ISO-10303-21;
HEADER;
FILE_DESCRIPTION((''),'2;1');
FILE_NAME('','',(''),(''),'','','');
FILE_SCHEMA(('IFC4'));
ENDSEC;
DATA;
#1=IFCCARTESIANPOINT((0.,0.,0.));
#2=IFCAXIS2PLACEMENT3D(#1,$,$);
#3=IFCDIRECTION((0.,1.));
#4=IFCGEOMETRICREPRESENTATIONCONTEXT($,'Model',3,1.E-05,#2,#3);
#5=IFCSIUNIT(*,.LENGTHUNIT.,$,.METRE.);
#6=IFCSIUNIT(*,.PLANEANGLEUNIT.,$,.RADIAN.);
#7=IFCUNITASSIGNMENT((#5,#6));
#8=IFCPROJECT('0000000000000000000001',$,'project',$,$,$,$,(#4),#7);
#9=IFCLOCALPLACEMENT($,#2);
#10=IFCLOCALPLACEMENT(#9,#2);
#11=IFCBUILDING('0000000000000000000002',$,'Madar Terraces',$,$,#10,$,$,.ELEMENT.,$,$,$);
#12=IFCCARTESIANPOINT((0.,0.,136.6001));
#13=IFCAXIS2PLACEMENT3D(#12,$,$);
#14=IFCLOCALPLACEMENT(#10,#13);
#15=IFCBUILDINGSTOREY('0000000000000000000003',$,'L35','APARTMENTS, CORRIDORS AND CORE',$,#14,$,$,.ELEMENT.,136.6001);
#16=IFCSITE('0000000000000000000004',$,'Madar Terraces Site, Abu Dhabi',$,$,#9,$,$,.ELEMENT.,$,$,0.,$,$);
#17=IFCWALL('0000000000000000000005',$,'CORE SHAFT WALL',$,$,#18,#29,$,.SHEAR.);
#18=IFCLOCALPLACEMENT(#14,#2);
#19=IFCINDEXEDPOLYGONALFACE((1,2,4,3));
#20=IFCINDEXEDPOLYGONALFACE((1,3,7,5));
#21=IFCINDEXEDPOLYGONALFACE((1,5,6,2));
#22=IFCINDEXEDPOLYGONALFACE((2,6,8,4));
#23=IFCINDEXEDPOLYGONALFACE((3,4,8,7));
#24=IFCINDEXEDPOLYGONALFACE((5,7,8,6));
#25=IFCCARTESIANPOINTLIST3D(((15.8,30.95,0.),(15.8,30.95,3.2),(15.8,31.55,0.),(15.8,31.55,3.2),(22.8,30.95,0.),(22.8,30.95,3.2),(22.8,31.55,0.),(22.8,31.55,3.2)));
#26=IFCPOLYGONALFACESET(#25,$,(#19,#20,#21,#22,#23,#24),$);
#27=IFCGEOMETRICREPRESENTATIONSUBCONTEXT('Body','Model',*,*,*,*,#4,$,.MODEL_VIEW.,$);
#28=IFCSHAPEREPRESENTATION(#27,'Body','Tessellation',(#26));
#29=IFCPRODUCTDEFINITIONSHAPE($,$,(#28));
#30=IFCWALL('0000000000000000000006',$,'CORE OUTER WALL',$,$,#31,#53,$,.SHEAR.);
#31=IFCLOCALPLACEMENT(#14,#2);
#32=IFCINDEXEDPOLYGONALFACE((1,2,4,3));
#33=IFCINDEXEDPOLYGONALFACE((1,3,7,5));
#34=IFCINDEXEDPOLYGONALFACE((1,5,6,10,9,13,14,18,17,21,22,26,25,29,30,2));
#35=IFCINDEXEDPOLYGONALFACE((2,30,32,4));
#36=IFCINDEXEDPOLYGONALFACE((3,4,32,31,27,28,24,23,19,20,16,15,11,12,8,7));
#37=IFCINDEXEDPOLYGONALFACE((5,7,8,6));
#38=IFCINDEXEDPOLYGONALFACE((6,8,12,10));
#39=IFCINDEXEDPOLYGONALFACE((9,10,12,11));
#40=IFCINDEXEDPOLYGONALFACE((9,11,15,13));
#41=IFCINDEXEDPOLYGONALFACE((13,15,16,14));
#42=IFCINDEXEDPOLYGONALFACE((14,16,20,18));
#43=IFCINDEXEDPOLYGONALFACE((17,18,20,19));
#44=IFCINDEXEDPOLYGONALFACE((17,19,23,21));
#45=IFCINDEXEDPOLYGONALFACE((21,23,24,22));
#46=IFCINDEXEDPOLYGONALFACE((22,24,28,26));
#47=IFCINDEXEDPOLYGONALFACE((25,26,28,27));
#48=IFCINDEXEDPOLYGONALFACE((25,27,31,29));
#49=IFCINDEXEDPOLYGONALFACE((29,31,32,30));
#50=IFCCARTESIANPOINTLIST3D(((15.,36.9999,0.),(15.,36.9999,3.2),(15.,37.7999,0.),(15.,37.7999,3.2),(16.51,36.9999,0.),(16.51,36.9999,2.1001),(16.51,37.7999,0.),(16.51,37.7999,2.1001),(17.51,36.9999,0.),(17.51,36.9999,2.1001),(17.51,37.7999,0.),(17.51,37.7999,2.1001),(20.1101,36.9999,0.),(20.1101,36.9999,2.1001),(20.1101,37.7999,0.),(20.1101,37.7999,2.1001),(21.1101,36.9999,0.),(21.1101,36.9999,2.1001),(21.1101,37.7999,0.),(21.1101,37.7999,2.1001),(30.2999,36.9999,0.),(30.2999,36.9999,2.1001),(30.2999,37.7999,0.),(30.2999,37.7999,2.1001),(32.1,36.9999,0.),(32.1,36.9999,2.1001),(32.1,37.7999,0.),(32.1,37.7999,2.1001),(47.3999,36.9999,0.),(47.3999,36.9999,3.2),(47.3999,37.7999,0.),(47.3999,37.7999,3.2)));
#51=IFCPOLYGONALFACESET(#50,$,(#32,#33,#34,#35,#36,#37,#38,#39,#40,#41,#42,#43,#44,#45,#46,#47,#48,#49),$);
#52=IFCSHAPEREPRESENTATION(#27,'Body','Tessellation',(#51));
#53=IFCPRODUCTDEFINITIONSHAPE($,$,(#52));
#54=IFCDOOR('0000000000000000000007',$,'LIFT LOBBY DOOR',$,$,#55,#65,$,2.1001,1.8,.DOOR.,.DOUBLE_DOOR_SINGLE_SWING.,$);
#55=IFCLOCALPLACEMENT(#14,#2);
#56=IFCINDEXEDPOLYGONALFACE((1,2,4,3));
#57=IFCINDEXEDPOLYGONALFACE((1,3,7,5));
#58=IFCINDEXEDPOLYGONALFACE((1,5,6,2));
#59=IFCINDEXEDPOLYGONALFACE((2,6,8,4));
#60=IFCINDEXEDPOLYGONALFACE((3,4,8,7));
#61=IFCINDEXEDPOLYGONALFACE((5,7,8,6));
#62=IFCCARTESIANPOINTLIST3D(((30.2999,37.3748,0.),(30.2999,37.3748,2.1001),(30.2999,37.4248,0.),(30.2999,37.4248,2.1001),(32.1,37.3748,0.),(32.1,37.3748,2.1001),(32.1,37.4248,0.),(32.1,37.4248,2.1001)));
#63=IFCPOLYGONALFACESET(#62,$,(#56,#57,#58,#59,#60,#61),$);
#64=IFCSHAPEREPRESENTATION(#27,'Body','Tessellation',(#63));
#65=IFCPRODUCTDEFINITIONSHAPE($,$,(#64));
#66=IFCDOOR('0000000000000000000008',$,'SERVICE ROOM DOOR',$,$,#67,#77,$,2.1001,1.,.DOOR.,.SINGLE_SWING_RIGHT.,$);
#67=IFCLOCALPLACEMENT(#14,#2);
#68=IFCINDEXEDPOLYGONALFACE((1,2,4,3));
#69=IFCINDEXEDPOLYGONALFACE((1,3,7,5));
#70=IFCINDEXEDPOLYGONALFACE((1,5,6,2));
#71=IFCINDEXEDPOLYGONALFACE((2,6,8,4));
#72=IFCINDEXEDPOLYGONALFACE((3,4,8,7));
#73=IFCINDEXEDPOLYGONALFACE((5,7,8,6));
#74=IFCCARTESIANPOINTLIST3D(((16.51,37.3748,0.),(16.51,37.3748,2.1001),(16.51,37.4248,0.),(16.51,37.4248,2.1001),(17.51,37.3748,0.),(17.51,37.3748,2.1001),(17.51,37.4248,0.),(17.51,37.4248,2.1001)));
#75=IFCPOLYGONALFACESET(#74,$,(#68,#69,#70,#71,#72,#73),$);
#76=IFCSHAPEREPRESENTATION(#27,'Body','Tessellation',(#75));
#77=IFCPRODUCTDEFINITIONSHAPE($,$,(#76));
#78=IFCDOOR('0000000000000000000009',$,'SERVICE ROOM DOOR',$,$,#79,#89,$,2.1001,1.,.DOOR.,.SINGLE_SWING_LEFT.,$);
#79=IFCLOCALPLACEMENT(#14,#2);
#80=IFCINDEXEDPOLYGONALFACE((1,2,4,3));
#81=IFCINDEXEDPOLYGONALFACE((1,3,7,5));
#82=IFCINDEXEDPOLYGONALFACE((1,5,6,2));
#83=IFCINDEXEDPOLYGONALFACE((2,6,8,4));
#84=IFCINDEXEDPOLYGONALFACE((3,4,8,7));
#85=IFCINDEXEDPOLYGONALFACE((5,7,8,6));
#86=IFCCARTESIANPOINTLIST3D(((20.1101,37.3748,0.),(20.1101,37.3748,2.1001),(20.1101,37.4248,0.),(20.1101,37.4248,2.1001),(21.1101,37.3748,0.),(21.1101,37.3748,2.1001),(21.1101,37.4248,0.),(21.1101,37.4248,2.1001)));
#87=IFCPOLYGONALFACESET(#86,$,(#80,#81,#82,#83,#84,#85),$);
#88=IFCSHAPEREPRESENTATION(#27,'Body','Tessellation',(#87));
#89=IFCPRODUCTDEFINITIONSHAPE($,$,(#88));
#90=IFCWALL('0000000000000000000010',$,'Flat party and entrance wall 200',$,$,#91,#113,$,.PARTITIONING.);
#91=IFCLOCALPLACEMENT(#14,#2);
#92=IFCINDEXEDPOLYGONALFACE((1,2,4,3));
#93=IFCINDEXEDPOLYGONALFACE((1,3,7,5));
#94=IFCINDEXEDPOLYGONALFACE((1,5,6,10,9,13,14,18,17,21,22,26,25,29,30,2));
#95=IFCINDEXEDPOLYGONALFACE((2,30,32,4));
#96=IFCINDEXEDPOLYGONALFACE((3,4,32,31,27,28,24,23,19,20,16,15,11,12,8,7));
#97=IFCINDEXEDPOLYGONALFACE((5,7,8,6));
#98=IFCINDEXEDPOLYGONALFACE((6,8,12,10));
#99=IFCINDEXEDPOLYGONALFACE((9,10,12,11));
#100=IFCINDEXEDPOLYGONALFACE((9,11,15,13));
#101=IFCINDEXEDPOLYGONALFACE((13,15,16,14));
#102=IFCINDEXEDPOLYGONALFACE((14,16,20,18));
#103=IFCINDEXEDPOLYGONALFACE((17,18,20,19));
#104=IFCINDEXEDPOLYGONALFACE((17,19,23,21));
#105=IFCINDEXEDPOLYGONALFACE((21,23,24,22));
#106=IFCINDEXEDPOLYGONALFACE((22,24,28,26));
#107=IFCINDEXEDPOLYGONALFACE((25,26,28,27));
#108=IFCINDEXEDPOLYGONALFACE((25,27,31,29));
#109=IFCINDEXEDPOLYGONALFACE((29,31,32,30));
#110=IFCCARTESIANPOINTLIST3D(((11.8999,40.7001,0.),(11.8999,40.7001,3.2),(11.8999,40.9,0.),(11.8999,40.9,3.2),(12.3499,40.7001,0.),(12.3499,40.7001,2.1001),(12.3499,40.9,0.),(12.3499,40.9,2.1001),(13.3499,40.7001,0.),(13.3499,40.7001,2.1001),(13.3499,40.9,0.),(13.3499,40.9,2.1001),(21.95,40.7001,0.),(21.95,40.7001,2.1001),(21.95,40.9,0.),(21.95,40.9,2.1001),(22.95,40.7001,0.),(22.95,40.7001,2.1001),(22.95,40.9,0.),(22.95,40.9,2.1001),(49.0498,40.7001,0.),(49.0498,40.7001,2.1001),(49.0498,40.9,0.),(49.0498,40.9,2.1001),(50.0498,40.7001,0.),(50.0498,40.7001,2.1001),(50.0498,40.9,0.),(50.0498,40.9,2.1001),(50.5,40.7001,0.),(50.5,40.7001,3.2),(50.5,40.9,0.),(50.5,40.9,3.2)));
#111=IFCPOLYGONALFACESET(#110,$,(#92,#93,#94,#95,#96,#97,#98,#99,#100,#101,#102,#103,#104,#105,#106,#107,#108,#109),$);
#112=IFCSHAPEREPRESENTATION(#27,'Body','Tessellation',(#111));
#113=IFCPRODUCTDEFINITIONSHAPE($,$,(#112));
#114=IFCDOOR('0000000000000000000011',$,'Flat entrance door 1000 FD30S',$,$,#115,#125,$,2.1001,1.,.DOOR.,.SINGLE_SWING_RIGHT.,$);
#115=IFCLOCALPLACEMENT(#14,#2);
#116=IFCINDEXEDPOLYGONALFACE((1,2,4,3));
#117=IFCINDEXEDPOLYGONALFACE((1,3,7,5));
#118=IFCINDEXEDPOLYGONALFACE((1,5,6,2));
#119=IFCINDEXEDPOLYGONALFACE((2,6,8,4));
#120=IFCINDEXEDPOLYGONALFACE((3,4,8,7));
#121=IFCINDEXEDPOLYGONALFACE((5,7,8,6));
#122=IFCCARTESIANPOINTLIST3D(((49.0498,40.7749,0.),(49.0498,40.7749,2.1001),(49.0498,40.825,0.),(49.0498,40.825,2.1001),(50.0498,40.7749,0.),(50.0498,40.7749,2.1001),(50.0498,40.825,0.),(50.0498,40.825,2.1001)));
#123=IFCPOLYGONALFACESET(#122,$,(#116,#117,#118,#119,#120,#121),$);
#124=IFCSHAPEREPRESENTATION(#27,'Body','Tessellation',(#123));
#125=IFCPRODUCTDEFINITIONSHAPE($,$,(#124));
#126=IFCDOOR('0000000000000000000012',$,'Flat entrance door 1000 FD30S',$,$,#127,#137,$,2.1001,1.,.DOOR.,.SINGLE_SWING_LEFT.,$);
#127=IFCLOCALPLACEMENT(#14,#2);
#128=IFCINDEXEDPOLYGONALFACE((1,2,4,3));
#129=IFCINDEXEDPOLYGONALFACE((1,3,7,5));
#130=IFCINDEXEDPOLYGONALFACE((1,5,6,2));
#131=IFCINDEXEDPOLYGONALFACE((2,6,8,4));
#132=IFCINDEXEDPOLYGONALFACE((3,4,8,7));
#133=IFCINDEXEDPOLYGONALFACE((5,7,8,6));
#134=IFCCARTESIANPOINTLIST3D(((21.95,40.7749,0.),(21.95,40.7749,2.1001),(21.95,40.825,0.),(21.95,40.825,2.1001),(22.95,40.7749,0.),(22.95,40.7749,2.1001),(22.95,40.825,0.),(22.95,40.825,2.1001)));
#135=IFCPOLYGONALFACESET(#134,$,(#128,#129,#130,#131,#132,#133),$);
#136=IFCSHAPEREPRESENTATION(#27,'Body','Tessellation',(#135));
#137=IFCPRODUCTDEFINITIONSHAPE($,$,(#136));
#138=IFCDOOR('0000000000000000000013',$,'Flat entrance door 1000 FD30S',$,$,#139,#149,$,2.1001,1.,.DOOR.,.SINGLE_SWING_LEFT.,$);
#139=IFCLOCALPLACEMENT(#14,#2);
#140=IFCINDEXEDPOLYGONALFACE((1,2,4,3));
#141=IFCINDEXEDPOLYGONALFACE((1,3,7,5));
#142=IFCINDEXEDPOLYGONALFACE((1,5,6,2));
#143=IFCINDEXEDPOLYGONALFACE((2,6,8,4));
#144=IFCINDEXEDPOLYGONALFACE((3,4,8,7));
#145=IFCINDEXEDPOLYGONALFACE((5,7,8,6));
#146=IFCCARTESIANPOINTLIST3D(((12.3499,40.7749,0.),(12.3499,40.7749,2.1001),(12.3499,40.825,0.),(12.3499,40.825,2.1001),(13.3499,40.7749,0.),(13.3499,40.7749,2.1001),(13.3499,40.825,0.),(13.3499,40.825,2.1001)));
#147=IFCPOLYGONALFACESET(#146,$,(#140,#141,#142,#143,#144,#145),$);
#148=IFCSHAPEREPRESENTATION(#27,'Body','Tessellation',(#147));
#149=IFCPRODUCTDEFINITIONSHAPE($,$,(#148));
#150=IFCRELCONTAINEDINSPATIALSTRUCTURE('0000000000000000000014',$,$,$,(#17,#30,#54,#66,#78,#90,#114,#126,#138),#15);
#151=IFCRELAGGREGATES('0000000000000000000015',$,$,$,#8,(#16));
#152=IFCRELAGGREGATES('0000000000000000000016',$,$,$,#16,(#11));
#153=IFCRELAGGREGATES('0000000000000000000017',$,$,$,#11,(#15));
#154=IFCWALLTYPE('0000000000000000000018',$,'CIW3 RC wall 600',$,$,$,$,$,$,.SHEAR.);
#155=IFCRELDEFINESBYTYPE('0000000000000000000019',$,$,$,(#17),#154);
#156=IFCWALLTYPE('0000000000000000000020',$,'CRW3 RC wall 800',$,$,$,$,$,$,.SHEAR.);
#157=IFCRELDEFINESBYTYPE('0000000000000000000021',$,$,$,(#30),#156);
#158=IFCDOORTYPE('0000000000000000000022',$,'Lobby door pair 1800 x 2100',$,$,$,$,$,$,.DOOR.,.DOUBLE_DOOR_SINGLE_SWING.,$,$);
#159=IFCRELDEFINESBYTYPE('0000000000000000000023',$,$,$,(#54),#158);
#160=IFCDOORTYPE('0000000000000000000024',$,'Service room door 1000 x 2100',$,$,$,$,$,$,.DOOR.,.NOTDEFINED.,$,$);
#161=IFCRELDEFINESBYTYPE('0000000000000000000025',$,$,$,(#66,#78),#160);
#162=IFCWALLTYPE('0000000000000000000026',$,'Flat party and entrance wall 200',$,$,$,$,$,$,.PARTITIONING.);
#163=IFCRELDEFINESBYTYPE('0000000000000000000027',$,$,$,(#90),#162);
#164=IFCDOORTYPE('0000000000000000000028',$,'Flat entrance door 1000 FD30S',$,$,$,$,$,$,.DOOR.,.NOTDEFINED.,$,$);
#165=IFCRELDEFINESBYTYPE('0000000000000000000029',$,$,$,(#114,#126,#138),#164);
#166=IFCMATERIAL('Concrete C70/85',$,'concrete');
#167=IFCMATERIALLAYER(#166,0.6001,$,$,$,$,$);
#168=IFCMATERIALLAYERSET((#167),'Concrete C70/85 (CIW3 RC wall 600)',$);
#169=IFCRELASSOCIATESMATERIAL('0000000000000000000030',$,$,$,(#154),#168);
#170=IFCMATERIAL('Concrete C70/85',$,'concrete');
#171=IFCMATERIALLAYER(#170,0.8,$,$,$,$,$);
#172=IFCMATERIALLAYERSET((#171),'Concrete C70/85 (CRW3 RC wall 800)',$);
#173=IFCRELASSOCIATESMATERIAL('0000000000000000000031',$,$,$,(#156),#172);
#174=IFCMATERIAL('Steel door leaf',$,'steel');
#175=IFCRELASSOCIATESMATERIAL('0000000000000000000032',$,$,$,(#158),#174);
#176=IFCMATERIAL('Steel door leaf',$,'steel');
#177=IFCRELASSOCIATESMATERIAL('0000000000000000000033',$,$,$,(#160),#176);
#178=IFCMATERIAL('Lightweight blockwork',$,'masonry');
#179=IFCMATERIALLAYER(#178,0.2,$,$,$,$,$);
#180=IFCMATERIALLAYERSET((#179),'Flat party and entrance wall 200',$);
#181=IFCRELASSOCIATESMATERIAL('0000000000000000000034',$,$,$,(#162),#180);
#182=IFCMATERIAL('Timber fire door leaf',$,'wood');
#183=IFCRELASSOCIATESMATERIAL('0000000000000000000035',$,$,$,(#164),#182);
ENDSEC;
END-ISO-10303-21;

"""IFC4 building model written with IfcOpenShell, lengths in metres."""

from ifc_helpers import new_model, si_unit, direction, frame, frame_2d, origin, place, context, subcontext, project, spatial, rectangle, extrude, material, layer, layer_set, type_object, element, fill, save


model = new_model("IFC4")

# Units and contexts
model_context = context("Model", 3, precision=1e-05, world=origin(), true_north=direction((0.0, 1.0)))
body_context = subcontext(model_context, "Body", "Model", "MODEL_VIEW")
ifc_project = project(units=[si_unit("LENGTHUNIT", "METRE"), si_unit("PLANEANGLEUNIT", "RADIAN")], contexts=[model_context])

# Site, building, storey
site_placement = place(None, origin())
site = spatial("IfcSite", under=ifc_project, at=site_placement, Name="Madar Terraces Site, Abu Dhabi", CompositionType="ELEMENT", RefElevation=0.0)
building_placement = place(site_placement, origin())
building = spatial("IfcBuilding", under=site, at=building_placement, Name="Madar Terraces", CompositionType="ELEMENT")
storey_placement = place(building_placement, frame((0.0, 0.0, 136.6001)))
storey = spatial("IfcBuildingStorey", under=building, at=storey_placement, Name="L35", Description="APARTMENTS, CORRIDORS AND CORE", CompositionType="ELEMENT", Elevation=136.6001)

# Wall
ifc_material_1 = material(Name="Concrete C70/85", Category="concrete")
ifc_layer_1 = layer(ifc_material_1, 0.6001)
ifc_layer_set_1 = layer_set([ifc_layer_1], Name="Concrete C70/85 (CIW3 RC wall 600)")
wall_type_1 = type_object("IfcWallType", Name="CIW3 RC wall 600", PredefinedType="SHEAR", material=ifc_layer_set_1)
wall_1_placement = place(storey_placement, frame((15.8, 31.25, 0.0), z_axis=(0.0, 0.0, 1.0), x_axis=(1.0, 0.0, 0.0)))
element("IfcWall", 1, at=wall_1_placement, inside=storey, type_object=wall_type_1, Name="CORE SHAFT WALL", PredefinedType="SHEAR", context=body_context, shape_type="SweptSolid", body=[
    extrude(rectangle(XDim=7.0, YDim=0.6001, at=frame_2d((3.5, 0.0))), origin(), (0.0, 0.0, 1.0), 3.2),
])

# Walls, openings, doors
ifc_material_2 = material(Name="Concrete C70/85", Category="concrete")
ifc_layer_2 = layer(ifc_material_2, 0.8)
ifc_layer_set_2 = layer_set([ifc_layer_2], Name="Concrete C70/85 (CRW3 RC wall 800)")
wall_type_2 = type_object("IfcWallType", Name="CRW3 RC wall 800", PredefinedType="SHEAR", material=ifc_layer_set_2)
wall_2_placement = place(storey_placement, frame((15.0, 37.3999, 0.0), z_axis=(0.0, 0.0, 1.0), x_axis=(1.0, 0.0, 0.0)))
wall_2 = element("IfcWall", 2, at=wall_2_placement, inside=storey, type_object=wall_type_2, Name="CORE OUTER WALL", PredefinedType="SHEAR", context=body_context, shape_type="SweptSolid", body=[
    extrude(rectangle(XDim=32.3999, YDim=0.8, at=frame_2d((16.2, 0.0))), origin(), (0.0, 0.0, 1.0), 3.2),
])
opening_1_placement = place(wall_2_placement, frame((15.3, 0.0, 0.0)))
opening_1 = element("IfcOpeningElement", 3, at=opening_1_placement, cuts=wall_2, PredefinedType="OPENING", context=body_context, shape_type="SweptSolid", body=[
    extrude(rectangle(XDim=1.8, YDim=2.1001, at=frame_2d((0.8999, 1.05))), frame((0.0, 0.4099, 0.0), z_axis=(0.0, -1.0, 0.0), x_axis=(1.0, 0.0, 0.0)), (0.0, 0.0, 1.0), 0.8201),
])
opening_2_placement = place(wall_2_placement, frame((1.51, 0.0, 0.0)))
opening_2 = element("IfcOpeningElement", 4, at=opening_2_placement, cuts=wall_2, PredefinedType="OPENING", context=body_context, shape_type="SweptSolid", body=[
    extrude(rectangle(XDim=1.0, YDim=2.1001, at=frame_2d((0.5, 1.05))), frame((0.0, 0.4099, 0.0), z_axis=(0.0, -1.0, 0.0), x_axis=(1.0, 0.0, 0.0)), (0.0, 0.0, 1.0), 0.8201),
])
opening_3_placement = place(wall_2_placement, frame((5.1101, 0.0, 0.0)))
opening_3 = element("IfcOpeningElement", 5, at=opening_3_placement, cuts=wall_2, PredefinedType="OPENING", context=body_context, shape_type="SweptSolid", body=[
    extrude(rectangle(XDim=1.0, YDim=2.1001, at=frame_2d((0.5, 1.05))), frame((0.0, 0.4099, 0.0), z_axis=(0.0, -1.0, 0.0), x_axis=(1.0, 0.0, 0.0)), (0.0, 0.0, 1.0), 0.8201),
])
ifc_material_3 = material(Name="Steel door leaf", Category="steel")
door_type_1 = type_object("IfcDoorType", Name="Lobby door pair 1800 x 2100", OperationType="DOUBLE_DOOR_SINGLE_SWING", PredefinedType="DOOR", material=ifc_material_3)
door_1_placement = place(opening_1_placement, origin())
door_1 = element("IfcDoor", 6, at=door_1_placement, inside=storey, type_object=door_type_1, Name="LIFT LOBBY DOOR", OperationType="DOUBLE_DOOR_SINGLE_SWING", OverallHeight=2.1001, OverallWidth=1.8, PredefinedType="DOOR", context=body_context, shape_type="SweptSolid", body=[
    extrude(rectangle(XDim=1.8, YDim=2.1001, at=frame_2d((0.8999, 1.05))), frame((0.0, 0.0249, 0.0), z_axis=(0.0, -1.0, 0.0), x_axis=(1.0, 0.0, 0.0)), (0.0, 0.0, 1.0), 0.05),
])
fill(opening_1, door_1)
ifc_material_4 = material(Name="Steel door leaf", Category="steel")
door_type_2 = type_object("IfcDoorType", Name="Service room door 1000 x 2100", OperationType="NOTDEFINED", PredefinedType="DOOR", material=ifc_material_4)
door_2_placement = place(opening_2_placement, origin())
door_2 = element("IfcDoor", 7, at=door_2_placement, inside=storey, type_object=door_type_2, Name="SERVICE ROOM DOOR", OperationType="SINGLE_SWING_RIGHT", OverallHeight=2.1001, OverallWidth=1.0, PredefinedType="DOOR", context=body_context, shape_type="SweptSolid", body=[
    extrude(rectangle(XDim=1.0, YDim=2.1001, at=frame_2d((0.5, 1.05))), frame((0.0, 0.0249, 0.0), z_axis=(0.0, -1.0, 0.0), x_axis=(1.0, 0.0, 0.0)), (0.0, 0.0, 1.0), 0.05),
])
fill(opening_2, door_2)
door_3_placement = place(opening_3_placement, origin())
door_3 = element("IfcDoor", 8, at=door_3_placement, inside=storey, type_object=door_type_2, Name="SERVICE ROOM DOOR", OperationType="SINGLE_SWING_LEFT", OverallHeight=2.1001, OverallWidth=1.0, PredefinedType="DOOR", context=body_context, shape_type="SweptSolid", body=[
    extrude(rectangle(XDim=1.0, YDim=2.1001, at=frame_2d((0.5, 1.05))), frame((0.0, 0.0249, 0.0), z_axis=(0.0, -1.0, 0.0), x_axis=(1.0, 0.0, 0.0)), (0.0, 0.0, 1.0), 0.05),
])
fill(opening_3, door_3)
ifc_material_5 = material(Name="Lightweight blockwork", Category="masonry")
ifc_layer_3 = layer(ifc_material_5, 0.2)
ifc_layer_set_3 = layer_set([ifc_layer_3], Name="Flat party and entrance wall 200")
wall_type_3 = type_object("IfcWallType", Name="Flat party and entrance wall 200", PredefinedType="PARTITIONING", material=ifc_layer_set_3)
wall_3_placement = place(storey_placement, frame((11.8999, 40.8, 0.0), z_axis=(0.0, 0.0, 1.0), x_axis=(1.0, 0.0, 0.0)))
wall_3 = element("IfcWall", 9, at=wall_3_placement, inside=storey, type_object=wall_type_3, Name="Flat party and entrance wall 200", PredefinedType="PARTITIONING", context=body_context, shape_type="SweptSolid", body=[
    extrude(rectangle(XDim=38.6001, YDim=0.2, at=frame_2d((19.3, 0.0))), origin(), (0.0, 0.0, 1.0), 3.2),
])
opening_4_placement = place(wall_3_placement, frame((37.1499, 0.0, 0.0)))
opening_4 = element("IfcOpeningElement", 10, at=opening_4_placement, cuts=wall_3, PredefinedType="OPENING", context=body_context, shape_type="SweptSolid", body=[
    extrude(rectangle(XDim=1.0, YDim=2.1001, at=frame_2d((0.5, 1.05))), frame((0.0, 0.1099, 0.0), z_axis=(0.0, -1.0, 0.0), x_axis=(1.0, 0.0, 0.0)), (0.0, 0.0, 1.0), 0.22),
])
opening_5_placement = place(wall_3_placement, frame((10.05, 0.0, 0.0)))
opening_5 = element("IfcOpeningElement", 11, at=opening_5_placement, cuts=wall_3, PredefinedType="OPENING", context=body_context, shape_type="SweptSolid", body=[
    extrude(rectangle(XDim=1.0, YDim=2.1001, at=frame_2d((0.5, 1.05))), frame((0.0, 0.1099, 0.0), z_axis=(0.0, -1.0, 0.0), x_axis=(1.0, 0.0, 0.0)), (0.0, 0.0, 1.0), 0.22),
])
opening_6_placement = place(wall_3_placement, frame((0.45, 0.0, 0.0)))
opening_6 = element("IfcOpeningElement", 12, at=opening_6_placement, cuts=wall_3, PredefinedType="OPENING", context=body_context, shape_type="SweptSolid", body=[
    extrude(rectangle(XDim=1.0, YDim=2.1001, at=frame_2d((0.5, 1.05))), frame((0.0, 0.1099, 0.0), z_axis=(0.0, -1.0, 0.0), x_axis=(1.0, 0.0, 0.0)), (0.0, 0.0, 1.0), 0.22),
])
ifc_material_6 = material(Name="Timber fire door leaf", Category="wood")
door_type_3 = type_object("IfcDoorType", Name="Flat entrance door 1000 FD30S", OperationType="NOTDEFINED", PredefinedType="DOOR", material=ifc_material_6)
door_4_placement = place(opening_4_placement, origin())
door_4 = element("IfcDoor", 13, at=door_4_placement, inside=storey, type_object=door_type_3, Name="Flat entrance door 1000 FD30S", OperationType="SINGLE_SWING_RIGHT", OverallHeight=2.1001, OverallWidth=1.0, PredefinedType="DOOR", context=body_context, shape_type="SweptSolid", body=[
    extrude(rectangle(XDim=1.0, YDim=2.1001, at=frame_2d((0.5, 1.05))), frame((0.0, 0.0249, 0.0), z_axis=(0.0, -1.0, 0.0), x_axis=(1.0, 0.0, 0.0)), (0.0, 0.0, 1.0), 0.05),
])
fill(opening_4, door_4)
door_5_placement = place(opening_5_placement, origin())
door_5 = element("IfcDoor", 14, at=door_5_placement, inside=storey, type_object=door_type_3, Name="Flat entrance door 1000 FD30S", OperationType="SINGLE_SWING_LEFT", OverallHeight=2.1001, OverallWidth=1.0, PredefinedType="DOOR", context=body_context, shape_type="SweptSolid", body=[
    extrude(rectangle(XDim=1.0, YDim=2.1001, at=frame_2d((0.5, 1.05))), frame((0.0, 0.0249, 0.0), z_axis=(0.0, -1.0, 0.0), x_axis=(1.0, 0.0, 0.0)), (0.0, 0.0, 1.0), 0.05),
])
fill(opening_5, door_5)
door_6_placement = place(opening_6_placement, origin())
door_6 = element("IfcDoor", 15, at=door_6_placement, inside=storey, type_object=door_type_3, Name="Flat entrance door 1000 FD30S", OperationType="SINGLE_SWING_LEFT", OverallHeight=2.1001, OverallWidth=1.0, PredefinedType="DOOR", context=body_context, shape_type="SweptSolid", body=[
    extrude(rectangle(XDim=1.0, YDim=2.1001, at=frame_2d((0.5, 1.05))), frame((0.0, 0.0249, 0.0), z_axis=(0.0, -1.0, 0.0), x_axis=(1.0, 0.0, 0.0)), (0.0, 0.0, 1.0), 0.05),
])
fill(opening_6, door_6)

save(model, "model.ifc")
